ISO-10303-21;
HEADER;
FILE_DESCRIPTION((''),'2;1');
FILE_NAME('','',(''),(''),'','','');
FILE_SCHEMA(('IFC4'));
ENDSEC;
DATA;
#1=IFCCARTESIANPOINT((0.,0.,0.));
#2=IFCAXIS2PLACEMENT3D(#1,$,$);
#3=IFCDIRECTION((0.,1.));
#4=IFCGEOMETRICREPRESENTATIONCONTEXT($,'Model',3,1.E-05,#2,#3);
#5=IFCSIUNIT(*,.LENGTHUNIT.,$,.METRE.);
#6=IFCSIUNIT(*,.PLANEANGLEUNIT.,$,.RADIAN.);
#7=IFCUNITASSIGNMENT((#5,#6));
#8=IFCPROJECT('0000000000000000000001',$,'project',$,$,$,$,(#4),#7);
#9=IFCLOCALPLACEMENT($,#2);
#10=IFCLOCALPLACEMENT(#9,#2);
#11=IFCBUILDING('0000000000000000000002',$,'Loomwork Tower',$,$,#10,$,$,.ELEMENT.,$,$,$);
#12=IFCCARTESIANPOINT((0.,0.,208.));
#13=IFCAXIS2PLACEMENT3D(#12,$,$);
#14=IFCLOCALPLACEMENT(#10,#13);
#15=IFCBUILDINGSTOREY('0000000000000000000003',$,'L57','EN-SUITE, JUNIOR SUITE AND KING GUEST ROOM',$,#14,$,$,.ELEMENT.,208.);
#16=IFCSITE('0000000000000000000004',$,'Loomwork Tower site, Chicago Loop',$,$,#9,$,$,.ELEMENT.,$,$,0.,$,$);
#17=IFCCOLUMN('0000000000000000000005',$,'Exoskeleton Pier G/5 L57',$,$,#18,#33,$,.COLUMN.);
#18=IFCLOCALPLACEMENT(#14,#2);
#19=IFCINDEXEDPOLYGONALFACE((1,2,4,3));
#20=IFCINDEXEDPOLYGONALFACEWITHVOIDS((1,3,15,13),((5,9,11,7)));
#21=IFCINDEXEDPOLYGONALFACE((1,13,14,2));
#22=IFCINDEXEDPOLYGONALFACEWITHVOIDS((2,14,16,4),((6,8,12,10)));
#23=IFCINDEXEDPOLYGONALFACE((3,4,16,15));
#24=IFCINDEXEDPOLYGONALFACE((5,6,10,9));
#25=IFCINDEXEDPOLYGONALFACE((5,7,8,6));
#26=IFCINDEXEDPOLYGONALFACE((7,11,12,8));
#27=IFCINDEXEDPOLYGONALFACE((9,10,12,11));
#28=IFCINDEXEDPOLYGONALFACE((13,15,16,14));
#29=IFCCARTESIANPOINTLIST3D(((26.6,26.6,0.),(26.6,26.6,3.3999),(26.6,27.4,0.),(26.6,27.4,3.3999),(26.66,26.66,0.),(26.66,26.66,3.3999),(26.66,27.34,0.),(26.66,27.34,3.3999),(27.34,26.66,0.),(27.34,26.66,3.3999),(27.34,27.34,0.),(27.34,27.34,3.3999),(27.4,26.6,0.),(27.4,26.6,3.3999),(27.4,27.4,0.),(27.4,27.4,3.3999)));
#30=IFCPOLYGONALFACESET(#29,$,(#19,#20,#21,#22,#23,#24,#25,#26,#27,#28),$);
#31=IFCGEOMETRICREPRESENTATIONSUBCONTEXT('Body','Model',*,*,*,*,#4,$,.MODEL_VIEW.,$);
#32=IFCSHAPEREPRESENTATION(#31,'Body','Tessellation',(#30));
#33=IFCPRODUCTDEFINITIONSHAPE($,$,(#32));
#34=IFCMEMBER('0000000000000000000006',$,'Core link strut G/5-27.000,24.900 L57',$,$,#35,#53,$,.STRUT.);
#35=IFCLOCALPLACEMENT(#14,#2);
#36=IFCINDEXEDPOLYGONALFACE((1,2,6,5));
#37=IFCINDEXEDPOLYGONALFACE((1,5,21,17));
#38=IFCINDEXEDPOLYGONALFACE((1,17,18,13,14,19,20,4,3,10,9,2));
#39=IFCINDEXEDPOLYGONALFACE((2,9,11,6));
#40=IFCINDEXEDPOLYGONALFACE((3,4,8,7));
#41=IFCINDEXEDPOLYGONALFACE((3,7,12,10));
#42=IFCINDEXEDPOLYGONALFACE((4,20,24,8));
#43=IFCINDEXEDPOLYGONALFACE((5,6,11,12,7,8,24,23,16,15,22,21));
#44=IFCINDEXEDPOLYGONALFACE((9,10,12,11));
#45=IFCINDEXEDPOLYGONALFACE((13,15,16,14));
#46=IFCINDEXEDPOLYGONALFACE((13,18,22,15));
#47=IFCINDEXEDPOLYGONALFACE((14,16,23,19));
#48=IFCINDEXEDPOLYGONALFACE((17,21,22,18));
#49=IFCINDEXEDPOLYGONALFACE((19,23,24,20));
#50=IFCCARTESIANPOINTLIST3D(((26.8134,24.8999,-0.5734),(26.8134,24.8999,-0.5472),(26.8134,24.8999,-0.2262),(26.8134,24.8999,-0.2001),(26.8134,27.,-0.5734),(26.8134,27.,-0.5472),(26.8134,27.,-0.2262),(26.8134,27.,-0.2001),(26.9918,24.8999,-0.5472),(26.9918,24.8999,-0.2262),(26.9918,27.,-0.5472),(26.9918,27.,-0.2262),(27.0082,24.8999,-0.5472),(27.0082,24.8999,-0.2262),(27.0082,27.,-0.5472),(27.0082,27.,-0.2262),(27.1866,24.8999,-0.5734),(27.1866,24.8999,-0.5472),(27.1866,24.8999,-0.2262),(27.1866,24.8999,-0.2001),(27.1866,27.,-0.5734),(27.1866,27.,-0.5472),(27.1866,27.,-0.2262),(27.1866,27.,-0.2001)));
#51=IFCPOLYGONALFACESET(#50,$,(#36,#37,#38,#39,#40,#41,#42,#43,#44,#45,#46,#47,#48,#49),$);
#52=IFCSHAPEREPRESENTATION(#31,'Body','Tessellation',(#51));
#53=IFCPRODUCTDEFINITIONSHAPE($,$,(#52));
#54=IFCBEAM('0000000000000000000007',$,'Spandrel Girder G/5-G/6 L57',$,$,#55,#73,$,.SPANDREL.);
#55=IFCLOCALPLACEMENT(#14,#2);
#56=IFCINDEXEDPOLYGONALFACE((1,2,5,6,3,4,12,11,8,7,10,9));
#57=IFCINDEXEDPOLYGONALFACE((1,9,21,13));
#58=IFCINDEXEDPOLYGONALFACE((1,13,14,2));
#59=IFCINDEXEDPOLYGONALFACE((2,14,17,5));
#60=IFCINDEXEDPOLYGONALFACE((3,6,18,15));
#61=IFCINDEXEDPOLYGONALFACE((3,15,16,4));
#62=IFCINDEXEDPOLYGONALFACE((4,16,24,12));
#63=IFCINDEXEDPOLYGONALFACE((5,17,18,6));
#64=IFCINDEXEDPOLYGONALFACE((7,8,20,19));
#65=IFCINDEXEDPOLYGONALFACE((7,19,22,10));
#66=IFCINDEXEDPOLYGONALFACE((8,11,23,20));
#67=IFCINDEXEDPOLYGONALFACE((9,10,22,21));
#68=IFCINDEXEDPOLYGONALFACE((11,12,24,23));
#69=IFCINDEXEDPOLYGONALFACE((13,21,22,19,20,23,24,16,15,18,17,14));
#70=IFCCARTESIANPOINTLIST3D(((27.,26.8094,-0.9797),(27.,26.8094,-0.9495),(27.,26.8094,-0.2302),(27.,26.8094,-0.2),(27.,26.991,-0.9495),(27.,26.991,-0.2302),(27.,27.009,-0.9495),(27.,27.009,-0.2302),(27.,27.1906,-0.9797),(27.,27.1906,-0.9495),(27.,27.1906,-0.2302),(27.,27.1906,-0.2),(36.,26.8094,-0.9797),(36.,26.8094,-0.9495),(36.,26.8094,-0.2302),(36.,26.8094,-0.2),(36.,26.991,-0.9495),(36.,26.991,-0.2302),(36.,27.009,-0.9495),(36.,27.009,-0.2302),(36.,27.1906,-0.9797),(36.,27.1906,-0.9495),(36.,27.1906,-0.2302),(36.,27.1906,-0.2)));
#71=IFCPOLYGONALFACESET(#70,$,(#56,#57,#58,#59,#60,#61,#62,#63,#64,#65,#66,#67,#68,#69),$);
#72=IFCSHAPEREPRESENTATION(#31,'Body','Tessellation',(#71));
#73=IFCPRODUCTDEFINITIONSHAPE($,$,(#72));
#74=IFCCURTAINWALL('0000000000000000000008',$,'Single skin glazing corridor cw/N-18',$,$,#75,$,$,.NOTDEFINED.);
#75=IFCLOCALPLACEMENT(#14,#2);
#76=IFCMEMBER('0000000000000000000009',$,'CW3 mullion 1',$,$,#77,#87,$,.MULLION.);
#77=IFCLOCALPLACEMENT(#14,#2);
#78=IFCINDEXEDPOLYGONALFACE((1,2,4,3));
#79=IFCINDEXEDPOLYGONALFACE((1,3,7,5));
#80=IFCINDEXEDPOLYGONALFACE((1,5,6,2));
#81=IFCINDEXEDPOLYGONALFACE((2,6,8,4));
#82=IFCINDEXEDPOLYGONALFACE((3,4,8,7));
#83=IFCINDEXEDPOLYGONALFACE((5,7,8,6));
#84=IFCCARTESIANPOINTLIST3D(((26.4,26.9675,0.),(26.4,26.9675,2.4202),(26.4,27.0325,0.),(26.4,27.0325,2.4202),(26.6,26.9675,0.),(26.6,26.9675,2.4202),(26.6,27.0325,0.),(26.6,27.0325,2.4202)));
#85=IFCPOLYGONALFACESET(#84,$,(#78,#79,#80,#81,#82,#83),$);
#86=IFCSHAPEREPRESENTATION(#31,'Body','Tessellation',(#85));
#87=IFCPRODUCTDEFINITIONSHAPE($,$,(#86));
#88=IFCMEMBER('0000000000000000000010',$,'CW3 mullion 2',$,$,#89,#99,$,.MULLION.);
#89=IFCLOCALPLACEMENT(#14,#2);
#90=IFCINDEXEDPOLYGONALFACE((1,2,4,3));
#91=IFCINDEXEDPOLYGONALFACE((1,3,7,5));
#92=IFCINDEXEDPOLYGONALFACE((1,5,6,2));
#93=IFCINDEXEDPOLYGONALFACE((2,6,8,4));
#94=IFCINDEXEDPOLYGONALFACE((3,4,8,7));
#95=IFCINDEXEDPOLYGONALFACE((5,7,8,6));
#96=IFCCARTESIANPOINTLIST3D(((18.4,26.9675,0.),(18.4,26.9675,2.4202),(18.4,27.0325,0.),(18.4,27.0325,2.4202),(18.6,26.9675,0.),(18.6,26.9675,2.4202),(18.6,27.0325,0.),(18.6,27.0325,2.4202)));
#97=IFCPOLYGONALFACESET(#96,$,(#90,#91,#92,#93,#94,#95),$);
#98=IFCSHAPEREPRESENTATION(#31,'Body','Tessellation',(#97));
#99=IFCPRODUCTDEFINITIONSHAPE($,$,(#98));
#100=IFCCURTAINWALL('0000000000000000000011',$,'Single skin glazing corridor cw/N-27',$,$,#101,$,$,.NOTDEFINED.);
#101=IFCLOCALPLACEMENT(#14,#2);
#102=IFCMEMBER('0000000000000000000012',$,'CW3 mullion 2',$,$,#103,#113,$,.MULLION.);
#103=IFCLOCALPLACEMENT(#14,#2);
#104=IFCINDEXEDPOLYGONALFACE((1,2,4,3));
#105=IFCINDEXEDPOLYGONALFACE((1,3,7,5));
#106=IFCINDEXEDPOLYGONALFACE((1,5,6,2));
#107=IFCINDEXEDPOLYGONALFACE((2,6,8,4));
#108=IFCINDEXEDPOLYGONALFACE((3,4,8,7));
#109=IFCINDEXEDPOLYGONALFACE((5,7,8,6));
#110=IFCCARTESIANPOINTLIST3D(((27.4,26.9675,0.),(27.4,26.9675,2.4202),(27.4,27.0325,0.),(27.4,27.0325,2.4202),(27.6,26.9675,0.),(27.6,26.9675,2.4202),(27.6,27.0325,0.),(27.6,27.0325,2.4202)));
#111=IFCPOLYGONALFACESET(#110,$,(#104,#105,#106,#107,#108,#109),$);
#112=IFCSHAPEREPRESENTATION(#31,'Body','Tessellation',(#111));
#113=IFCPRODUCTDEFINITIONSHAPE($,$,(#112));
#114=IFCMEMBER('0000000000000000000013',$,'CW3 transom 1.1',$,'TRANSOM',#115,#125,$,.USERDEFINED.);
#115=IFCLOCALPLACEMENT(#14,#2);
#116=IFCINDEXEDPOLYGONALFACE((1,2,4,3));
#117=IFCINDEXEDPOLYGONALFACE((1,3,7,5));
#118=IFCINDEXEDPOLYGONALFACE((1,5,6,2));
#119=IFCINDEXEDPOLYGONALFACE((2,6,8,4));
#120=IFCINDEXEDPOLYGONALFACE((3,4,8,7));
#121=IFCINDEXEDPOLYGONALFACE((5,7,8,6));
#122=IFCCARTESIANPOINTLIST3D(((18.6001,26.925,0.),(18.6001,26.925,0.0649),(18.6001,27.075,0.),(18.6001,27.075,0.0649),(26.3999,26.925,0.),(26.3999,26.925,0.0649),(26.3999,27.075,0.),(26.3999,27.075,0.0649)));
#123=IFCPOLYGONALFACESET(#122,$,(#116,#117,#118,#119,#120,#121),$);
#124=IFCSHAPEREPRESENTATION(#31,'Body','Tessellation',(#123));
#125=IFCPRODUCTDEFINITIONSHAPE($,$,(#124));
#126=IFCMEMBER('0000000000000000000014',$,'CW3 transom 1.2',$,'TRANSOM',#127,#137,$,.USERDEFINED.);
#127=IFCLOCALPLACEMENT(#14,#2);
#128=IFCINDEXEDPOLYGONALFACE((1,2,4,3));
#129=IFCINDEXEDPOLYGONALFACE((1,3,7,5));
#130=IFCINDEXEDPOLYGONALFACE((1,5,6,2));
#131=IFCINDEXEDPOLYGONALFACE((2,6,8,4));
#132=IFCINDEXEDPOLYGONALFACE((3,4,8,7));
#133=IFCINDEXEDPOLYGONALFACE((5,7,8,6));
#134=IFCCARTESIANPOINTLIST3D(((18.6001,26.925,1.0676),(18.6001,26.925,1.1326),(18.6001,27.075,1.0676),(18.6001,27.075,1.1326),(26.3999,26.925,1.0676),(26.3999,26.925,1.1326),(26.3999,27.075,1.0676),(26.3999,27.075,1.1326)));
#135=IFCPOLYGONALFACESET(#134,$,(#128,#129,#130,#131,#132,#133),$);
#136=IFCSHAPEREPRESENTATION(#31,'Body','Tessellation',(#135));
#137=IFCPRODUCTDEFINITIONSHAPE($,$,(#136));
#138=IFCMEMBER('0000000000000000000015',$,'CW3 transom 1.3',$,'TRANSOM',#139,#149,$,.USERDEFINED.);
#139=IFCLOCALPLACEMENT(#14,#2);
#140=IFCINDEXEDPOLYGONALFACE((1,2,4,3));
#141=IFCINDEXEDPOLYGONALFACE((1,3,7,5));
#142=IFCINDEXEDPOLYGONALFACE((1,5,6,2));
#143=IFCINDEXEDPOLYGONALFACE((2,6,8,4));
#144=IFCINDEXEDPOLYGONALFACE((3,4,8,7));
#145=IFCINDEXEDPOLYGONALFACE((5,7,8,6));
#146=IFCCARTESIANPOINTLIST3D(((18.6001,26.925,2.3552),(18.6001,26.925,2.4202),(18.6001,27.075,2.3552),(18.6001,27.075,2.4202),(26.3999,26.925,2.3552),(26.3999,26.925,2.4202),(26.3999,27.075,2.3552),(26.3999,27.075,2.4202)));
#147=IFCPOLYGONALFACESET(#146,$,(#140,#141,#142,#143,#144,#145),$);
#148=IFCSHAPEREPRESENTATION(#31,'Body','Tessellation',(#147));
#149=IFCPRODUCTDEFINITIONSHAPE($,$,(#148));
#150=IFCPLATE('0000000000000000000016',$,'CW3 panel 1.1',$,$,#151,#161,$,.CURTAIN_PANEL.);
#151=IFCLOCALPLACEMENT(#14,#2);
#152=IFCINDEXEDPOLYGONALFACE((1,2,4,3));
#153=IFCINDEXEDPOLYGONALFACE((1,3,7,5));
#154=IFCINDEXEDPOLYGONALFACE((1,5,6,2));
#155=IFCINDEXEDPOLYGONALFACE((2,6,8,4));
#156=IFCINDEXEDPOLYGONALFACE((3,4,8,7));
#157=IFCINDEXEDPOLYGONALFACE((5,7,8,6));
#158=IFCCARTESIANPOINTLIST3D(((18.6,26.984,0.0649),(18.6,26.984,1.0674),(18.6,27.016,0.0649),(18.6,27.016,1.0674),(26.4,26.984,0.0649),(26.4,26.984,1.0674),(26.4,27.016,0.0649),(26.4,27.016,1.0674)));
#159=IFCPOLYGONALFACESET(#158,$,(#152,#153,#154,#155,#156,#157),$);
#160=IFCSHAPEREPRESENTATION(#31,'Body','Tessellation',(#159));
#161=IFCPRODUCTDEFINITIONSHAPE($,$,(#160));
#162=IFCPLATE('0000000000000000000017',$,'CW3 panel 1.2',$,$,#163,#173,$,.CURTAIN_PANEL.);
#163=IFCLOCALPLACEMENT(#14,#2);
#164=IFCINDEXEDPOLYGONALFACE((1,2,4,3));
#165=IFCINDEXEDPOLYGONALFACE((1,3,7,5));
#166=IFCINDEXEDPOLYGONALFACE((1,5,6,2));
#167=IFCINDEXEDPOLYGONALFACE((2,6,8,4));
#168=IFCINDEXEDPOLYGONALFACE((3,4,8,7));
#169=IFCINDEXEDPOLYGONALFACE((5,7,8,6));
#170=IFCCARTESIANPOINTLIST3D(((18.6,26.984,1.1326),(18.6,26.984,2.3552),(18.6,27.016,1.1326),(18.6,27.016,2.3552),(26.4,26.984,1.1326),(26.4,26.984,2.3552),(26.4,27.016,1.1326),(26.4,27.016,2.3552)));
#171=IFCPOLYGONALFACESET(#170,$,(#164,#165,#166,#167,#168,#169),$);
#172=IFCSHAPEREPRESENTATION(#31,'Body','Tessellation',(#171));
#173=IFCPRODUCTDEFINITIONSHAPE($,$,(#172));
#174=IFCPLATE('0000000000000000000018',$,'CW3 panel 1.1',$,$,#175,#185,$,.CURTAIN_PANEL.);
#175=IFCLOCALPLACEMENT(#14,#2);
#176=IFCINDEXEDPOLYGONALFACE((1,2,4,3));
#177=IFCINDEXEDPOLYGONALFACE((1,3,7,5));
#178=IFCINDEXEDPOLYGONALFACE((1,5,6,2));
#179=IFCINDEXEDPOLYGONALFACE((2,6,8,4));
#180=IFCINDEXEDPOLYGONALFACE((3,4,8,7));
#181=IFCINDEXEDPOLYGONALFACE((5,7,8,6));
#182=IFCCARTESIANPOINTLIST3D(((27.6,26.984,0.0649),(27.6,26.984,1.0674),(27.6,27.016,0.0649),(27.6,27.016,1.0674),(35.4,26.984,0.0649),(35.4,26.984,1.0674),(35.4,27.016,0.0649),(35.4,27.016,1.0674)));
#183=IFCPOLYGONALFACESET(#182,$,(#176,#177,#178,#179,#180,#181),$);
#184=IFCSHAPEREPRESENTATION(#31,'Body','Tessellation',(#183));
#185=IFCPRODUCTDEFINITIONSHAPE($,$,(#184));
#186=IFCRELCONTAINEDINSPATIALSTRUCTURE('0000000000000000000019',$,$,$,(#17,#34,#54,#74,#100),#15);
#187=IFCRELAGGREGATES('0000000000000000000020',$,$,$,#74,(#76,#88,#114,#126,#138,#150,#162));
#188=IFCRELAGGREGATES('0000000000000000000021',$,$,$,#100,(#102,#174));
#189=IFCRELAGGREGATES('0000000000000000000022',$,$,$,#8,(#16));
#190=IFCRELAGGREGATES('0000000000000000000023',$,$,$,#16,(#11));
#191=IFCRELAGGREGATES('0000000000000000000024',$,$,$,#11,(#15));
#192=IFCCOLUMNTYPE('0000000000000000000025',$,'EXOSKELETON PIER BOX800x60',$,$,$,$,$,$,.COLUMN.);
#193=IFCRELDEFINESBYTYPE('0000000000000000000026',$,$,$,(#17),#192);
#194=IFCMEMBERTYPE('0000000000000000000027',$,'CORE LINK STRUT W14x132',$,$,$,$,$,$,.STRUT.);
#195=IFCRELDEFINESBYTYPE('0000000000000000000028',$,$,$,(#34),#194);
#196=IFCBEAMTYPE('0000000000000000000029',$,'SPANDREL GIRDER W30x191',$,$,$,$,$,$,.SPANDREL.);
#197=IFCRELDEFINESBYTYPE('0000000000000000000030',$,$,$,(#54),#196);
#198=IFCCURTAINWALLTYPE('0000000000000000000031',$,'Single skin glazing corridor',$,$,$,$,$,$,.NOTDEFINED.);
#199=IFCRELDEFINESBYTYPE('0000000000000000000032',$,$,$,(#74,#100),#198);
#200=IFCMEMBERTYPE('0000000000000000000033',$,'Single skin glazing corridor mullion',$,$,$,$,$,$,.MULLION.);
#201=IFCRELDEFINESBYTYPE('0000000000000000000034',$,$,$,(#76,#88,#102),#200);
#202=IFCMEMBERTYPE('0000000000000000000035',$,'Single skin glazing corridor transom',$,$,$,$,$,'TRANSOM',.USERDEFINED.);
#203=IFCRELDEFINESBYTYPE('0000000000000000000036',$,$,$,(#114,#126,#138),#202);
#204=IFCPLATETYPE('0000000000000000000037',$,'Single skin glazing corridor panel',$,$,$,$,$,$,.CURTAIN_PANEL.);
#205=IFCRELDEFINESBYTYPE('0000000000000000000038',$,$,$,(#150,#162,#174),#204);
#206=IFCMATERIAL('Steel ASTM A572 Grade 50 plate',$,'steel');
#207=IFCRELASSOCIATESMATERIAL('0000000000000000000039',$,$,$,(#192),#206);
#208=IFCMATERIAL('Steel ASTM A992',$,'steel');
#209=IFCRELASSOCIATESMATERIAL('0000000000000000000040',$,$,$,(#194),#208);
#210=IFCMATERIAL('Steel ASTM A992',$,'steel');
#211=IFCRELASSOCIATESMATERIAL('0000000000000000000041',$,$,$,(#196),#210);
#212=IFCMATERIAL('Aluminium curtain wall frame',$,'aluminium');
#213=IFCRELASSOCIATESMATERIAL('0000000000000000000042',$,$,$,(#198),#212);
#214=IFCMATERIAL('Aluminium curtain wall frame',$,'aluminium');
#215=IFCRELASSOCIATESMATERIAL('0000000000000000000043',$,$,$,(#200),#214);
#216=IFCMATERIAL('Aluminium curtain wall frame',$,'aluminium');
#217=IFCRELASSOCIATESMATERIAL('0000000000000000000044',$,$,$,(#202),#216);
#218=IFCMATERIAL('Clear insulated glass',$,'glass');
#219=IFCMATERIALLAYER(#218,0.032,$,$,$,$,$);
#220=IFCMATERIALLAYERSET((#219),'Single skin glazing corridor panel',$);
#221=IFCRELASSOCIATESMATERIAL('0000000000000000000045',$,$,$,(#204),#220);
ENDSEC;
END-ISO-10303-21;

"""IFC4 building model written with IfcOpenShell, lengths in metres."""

from ifc_helpers import new_model, si_unit, direction, frame, origin, origin_2d, place, context, subcontext, project, spatial, rectangle, hollow_rectangle, i_section, extrude, material, layer, layer_set, material_profile, profile_set, type_object, element, aggregate, save


model = new_model("IFC4")

# Units and contexts
model_context = context("Model", 3, precision=1e-05, world=origin(), true_north=direction((0.0, 1.0)))
body_context = subcontext(model_context, "Body", "Model", "MODEL_VIEW")
ifc_project = project(units=[si_unit("LENGTHUNIT", "METRE"), si_unit("PLANEANGLEUNIT", "RADIAN")], contexts=[model_context])

# Site, building, storey
site_placement = place(None, origin())
site = spatial("IfcSite", under=ifc_project, at=site_placement, Name="Loomwork Tower site, Chicago Loop", CompositionType="ELEMENT", RefElevation=0.0)
building_placement = place(site_placement, origin())
building = spatial("IfcBuilding", under=site, at=building_placement, Name="Loomwork Tower", CompositionType="ELEMENT")
storey_placement = place(building_placement, frame((0.0, 0.0, 208.0)))
storey = spatial("IfcBuildingStorey", under=building, at=storey_placement, Name="L57", Description="EN-SUITE, JUNIOR SUITE AND KING GUEST ROOM", CompositionType="ELEMENT", Elevation=208.0)

# Column
ifc_material_1 = material(Name="Steel ASTM A572 Grade 50 plate", Category="steel")
ifc_material_profile_1 = material_profile(ifc_material_1, hollow_rectangle(XDim=0.8, YDim=0.8, WallThickness=0.0601, at=origin_2d()), Name="BOX800x60")
ifc_profile_set_1 = profile_set([ifc_material_profile_1], Name="Steel ASTM A572 Grade 50 plate")
column_type = type_object("IfcColumnType", Name="EXOSKELETON PIER BOX800x60", PredefinedType="COLUMN", material=ifc_profile_set_1)
column_placement = place(storey_placement, frame((27.0, 27.0, 0.0), z_axis=(0.0, 0.0, 1.0), x_axis=(1.0, 0.0, 0.0)))
element("IfcColumn", 1, at=column_placement, inside=storey, type_object=column_type, Name="Exoskeleton Pier G/5 L57", PredefinedType="COLUMN", context=body_context, shape_type="SweptSolid", body=[
    extrude(hollow_rectangle(XDim=0.8, YDim=0.8, WallThickness=0.0601, at=origin_2d()), origin(), (0.0, 0.0, 1.0), 3.3999),
])

# Member
ifc_material_2 = material(Name="Steel ASTM A992", Category="steel")
ifc_material_profile_2 = material_profile(ifc_material_2, i_section(OverallWidth=0.3733, OverallDepth=0.3733, WebThickness=0.0164, FlangeThickness=0.0261, at=origin_2d()), Name="W14x132")
ifc_profile_set_2 = profile_set([ifc_material_profile_2], Name="Steel ASTM A992")
member_type_1 = type_object("IfcMemberType", Name="CORE LINK STRUT W14x132", PredefinedType="STRUT", material=ifc_profile_set_2)
member_1_placement = place(storey_placement, frame((27.0, 27.0, -0.3867), z_axis=(0.0, -1.0, 0.0), x_axis=(1.0, 0.0, 0.0)))
element("IfcMember", 2, at=member_1_placement, inside=storey, type_object=member_type_1, Name="Core link strut G/5-27.000,24.900 L57", PredefinedType="STRUT", context=body_context, shape_type="SweptSolid", body=[
    extrude(i_section(OverallWidth=0.3733, OverallDepth=0.3733, WebThickness=0.0164, FlangeThickness=0.0261, at=origin_2d()), origin(), (0.0, 0.0, 1.0), 2.1001),
])

# Beam
ifc_material_3 = material(Name="Steel ASTM A992", Category="steel")
ifc_material_profile_3 = material_profile(ifc_material_3, i_section(OverallWidth=0.3811, OverallDepth=0.7798, WebThickness=0.0181, FlangeThickness=0.0303, at=origin_2d()), Name="W30x191")
ifc_profile_set_3 = profile_set([ifc_material_profile_3], Name="Steel ASTM A992")
beam_type = type_object("IfcBeamType", Name="SPANDREL GIRDER W30x191", PredefinedType="SPANDREL", material=ifc_profile_set_3)
beam_placement = place(storey_placement, frame((27.0, 27.0, -0.5898), z_axis=(1.0, 0.0, 0.0), x_axis=(0.0, 1.0, 0.0)))
element("IfcBeam", 3, at=beam_placement, inside=storey, type_object=beam_type, Name="Spandrel Girder G/5-G/6 L57", PredefinedType="SPANDREL", context=body_context, shape_type="SweptSolid", body=[
    extrude(i_section(OverallWidth=0.3811, OverallDepth=0.7798, WebThickness=0.0181, FlangeThickness=0.0303, at=origin_2d()), origin(), (0.0, 0.0, 1.0), 9.0),
])

# Curtain wall, members
ifc_material_4 = material(Name="Aluminium curtain wall frame", Category="aluminium")
curtain_wall_type = type_object("IfcCurtainWallType", Name="Single skin glazing corridor", PredefinedType="NOTDEFINED", material=ifc_material_4)
curtain_wall_1_placement = place(storey_placement, origin())
curtain_wall_1 = element("IfcCurtainWall", 4, at=curtain_wall_1_placement, inside=storey, type_object=curtain_wall_type, Name="Single skin glazing corridor cw/N-18", PredefinedType="NOTDEFINED")
ifc_material_5 = material(Name="Aluminium curtain wall frame", Category="aluminium")
ifc_material_profile_4 = material_profile(ifc_material_5, rectangle(XDim=0.0649, YDim=0.2, at=origin_2d()), Name="AL 65x200")
ifc_profile_set_4 = profile_set([ifc_material_profile_4], Name="Aluminium curtain wall frame")
member_type_2 = type_object("IfcMemberType", Name="Single skin glazing corridor mullion", PredefinedType="MULLION", material=ifc_profile_set_4)
member_2_placement = place(storey_placement, frame((26.5, 27.0, 0.0), z_axis=(0.0, 0.0, 1.0), x_axis=(0.0, -1.0, 0.0)))
member_2 = element("IfcMember", 5, at=member_2_placement, type_object=member_type_2, Name="CW3 mullion 1", PredefinedType="MULLION", context=body_context, shape_type="SweptSolid", body=[
    extrude(rectangle(XDim=0.0649, YDim=0.2, at=origin_2d()), origin(), (0.0, 0.0, 1.0), 2.4202),
])
member_3_placement = place(storey_placement, frame((18.5, 27.0, 0.0), z_axis=(0.0, 0.0, 1.0), x_axis=(0.0, -1.0, 0.0)))
member_3 = element("IfcMember", 6, at=member_3_placement, type_object=member_type_2, Name="CW3 mullion 2", PredefinedType="MULLION", context=body_context, shape_type="SweptSolid", body=[
    extrude(rectangle(XDim=0.0649, YDim=0.2, at=origin_2d()), origin(), (0.0, 0.0, 1.0), 2.4202),
])

# Curtain wall, member
curtain_wall_2_placement = place(storey_placement, origin())
curtain_wall_2 = element("IfcCurtainWall", 7, at=curtain_wall_2_placement, inside=storey, type_object=curtain_wall_type, Name="Single skin glazing corridor cw/N-27", PredefinedType="NOTDEFINED")
member_4_placement = place(storey_placement, frame((27.5, 27.0, 0.0), z_axis=(0.0, 0.0, 1.0), x_axis=(0.0, -1.0, 0.0)))
member_4 = element("IfcMember", 8, at=member_4_placement, type_object=member_type_2, Name="CW3 mullion 2", PredefinedType="MULLION", context=body_context, shape_type="SweptSolid", body=[
    extrude(rectangle(XDim=0.0649, YDim=0.2, at=origin_2d()), origin(), (0.0, 0.0, 1.0), 2.4202),
])

# Members
ifc_material_6 = material(Name="Aluminium curtain wall frame", Category="aluminium")
ifc_material_profile_5 = material_profile(ifc_material_6, rectangle(XDim=0.1499, YDim=0.0649, at=origin_2d()), Name="AL 65x150")
ifc_profile_set_5 = profile_set([ifc_material_profile_5], Name="Aluminium curtain wall frame")
member_type_3 = type_object("IfcMemberType", Name="Single skin glazing corridor transom", ElementType="TRANSOM", PredefinedType="USERDEFINED", material=ifc_profile_set_5)
member_5_placement = place(storey_placement, frame((26.3999, 27.0, 0.0325), z_axis=(-1.0, 0.0, 0.0), x_axis=(0.0, -1.0, 0.0)))
member_5 = element("IfcMember", 9, at=member_5_placement, type_object=member_type_3, Name="CW3 transom 1.1", ObjectType="TRANSOM", PredefinedType="USERDEFINED", context=body_context, shape_type="SweptSolid", body=[
    extrude(rectangle(XDim=0.1499, YDim=0.0649, at=origin_2d()), origin(), (0.0, 0.0, 1.0), 7.7998),
])
member_6_placement = place(storey_placement, frame((26.3999, 27.0, 1.1001), z_axis=(-1.0, 0.0, 0.0), x_axis=(0.0, -1.0, 0.0)))
member_6 = element("IfcMember", 10, at=member_6_placement, type_object=member_type_3, Name="CW3 transom 1.2", ObjectType="TRANSOM", PredefinedType="USERDEFINED", context=body_context, shape_type="SweptSolid", body=[
    extrude(rectangle(XDim=0.1499, YDim=0.0649, at=origin_2d()), origin(), (0.0, 0.0, 1.0), 7.7998),
])
member_7_placement = place(storey_placement, frame((26.3999, 27.0, 2.3877), z_axis=(-1.0, 0.0, 0.0), x_axis=(0.0, -1.0, 0.0)))
member_7 = element("IfcMember", 11, at=member_7_placement, type_object=member_type_3, Name="CW3 transom 1.3", ObjectType="TRANSOM", PredefinedType="USERDEFINED", context=body_context, shape_type="SweptSolid", body=[
    extrude(rectangle(XDim=0.1499, YDim=0.0649, at=origin_2d()), origin(), (0.0, 0.0, 1.0), 7.7998),
])

# Plates
ifc_material_7 = material(Name="Clear insulated glass", Category="glass")
ifc_layer_1 = layer(ifc_material_7, 0.032)
ifc_layer_set_1 = layer_set([ifc_layer_1], Name="Single skin glazing corridor panel")
plate_type = type_object("IfcPlateType", Name="Single skin glazing corridor panel", PredefinedType="CURTAIN_PANEL", material=ifc_layer_set_1)
plate_1_placement = place(storey_placement, frame((22.5, 27.0, 0.0649), z_axis=(0.0, 0.0, 1.0), x_axis=(-1.0, 0.0, 0.0)))
plate_1 = element("IfcPlate", 12, at=plate_1_placement, type_object=plate_type, Name="CW3 panel 1.1", PredefinedType="CURTAIN_PANEL", context=body_context, shape_type="SweptSolid", body=[
    extrude(rectangle(XDim=7.8, YDim=0.032, at=origin_2d()), origin(), (0.0, 0.0, 1.0), 1.0024),
])
plate_2_placement = place(storey_placement, frame((22.5, 27.0, 1.1326), z_axis=(0.0, 0.0, 1.0), x_axis=(-1.0, 0.0, 0.0)))
plate_2 = element("IfcPlate", 13, at=plate_2_placement, type_object=plate_type, Name="CW3 panel 1.2", PredefinedType="CURTAIN_PANEL", context=body_context, shape_type="SweptSolid", body=[
    extrude(rectangle(XDim=7.8, YDim=0.032, at=origin_2d()), origin(), (0.0, 0.0, 1.0), 1.2227),
])
aggregate(curtain_wall_1, [member_2, member_3, member_5, member_6, member_7, plate_1, plate_2])
plate_3_placement = place(storey_placement, frame((31.5, 27.0, 0.0649), z_axis=(0.0, 0.0, 1.0), x_axis=(-1.0, 0.0, 0.0)))
plate_3 = element("IfcPlate", 14, at=plate_3_placement, type_object=plate_type, Name="CW3 panel 1.1", PredefinedType="CURTAIN_PANEL", context=body_context, shape_type="SweptSolid", body=[
    extrude(rectangle(XDim=7.8, YDim=0.032, at=origin_2d()), origin(), (0.0, 0.0, 1.0), 1.0024),
])
aggregate(curtain_wall_2, [member_4, plate_3])

save(model, "model.ifc")
